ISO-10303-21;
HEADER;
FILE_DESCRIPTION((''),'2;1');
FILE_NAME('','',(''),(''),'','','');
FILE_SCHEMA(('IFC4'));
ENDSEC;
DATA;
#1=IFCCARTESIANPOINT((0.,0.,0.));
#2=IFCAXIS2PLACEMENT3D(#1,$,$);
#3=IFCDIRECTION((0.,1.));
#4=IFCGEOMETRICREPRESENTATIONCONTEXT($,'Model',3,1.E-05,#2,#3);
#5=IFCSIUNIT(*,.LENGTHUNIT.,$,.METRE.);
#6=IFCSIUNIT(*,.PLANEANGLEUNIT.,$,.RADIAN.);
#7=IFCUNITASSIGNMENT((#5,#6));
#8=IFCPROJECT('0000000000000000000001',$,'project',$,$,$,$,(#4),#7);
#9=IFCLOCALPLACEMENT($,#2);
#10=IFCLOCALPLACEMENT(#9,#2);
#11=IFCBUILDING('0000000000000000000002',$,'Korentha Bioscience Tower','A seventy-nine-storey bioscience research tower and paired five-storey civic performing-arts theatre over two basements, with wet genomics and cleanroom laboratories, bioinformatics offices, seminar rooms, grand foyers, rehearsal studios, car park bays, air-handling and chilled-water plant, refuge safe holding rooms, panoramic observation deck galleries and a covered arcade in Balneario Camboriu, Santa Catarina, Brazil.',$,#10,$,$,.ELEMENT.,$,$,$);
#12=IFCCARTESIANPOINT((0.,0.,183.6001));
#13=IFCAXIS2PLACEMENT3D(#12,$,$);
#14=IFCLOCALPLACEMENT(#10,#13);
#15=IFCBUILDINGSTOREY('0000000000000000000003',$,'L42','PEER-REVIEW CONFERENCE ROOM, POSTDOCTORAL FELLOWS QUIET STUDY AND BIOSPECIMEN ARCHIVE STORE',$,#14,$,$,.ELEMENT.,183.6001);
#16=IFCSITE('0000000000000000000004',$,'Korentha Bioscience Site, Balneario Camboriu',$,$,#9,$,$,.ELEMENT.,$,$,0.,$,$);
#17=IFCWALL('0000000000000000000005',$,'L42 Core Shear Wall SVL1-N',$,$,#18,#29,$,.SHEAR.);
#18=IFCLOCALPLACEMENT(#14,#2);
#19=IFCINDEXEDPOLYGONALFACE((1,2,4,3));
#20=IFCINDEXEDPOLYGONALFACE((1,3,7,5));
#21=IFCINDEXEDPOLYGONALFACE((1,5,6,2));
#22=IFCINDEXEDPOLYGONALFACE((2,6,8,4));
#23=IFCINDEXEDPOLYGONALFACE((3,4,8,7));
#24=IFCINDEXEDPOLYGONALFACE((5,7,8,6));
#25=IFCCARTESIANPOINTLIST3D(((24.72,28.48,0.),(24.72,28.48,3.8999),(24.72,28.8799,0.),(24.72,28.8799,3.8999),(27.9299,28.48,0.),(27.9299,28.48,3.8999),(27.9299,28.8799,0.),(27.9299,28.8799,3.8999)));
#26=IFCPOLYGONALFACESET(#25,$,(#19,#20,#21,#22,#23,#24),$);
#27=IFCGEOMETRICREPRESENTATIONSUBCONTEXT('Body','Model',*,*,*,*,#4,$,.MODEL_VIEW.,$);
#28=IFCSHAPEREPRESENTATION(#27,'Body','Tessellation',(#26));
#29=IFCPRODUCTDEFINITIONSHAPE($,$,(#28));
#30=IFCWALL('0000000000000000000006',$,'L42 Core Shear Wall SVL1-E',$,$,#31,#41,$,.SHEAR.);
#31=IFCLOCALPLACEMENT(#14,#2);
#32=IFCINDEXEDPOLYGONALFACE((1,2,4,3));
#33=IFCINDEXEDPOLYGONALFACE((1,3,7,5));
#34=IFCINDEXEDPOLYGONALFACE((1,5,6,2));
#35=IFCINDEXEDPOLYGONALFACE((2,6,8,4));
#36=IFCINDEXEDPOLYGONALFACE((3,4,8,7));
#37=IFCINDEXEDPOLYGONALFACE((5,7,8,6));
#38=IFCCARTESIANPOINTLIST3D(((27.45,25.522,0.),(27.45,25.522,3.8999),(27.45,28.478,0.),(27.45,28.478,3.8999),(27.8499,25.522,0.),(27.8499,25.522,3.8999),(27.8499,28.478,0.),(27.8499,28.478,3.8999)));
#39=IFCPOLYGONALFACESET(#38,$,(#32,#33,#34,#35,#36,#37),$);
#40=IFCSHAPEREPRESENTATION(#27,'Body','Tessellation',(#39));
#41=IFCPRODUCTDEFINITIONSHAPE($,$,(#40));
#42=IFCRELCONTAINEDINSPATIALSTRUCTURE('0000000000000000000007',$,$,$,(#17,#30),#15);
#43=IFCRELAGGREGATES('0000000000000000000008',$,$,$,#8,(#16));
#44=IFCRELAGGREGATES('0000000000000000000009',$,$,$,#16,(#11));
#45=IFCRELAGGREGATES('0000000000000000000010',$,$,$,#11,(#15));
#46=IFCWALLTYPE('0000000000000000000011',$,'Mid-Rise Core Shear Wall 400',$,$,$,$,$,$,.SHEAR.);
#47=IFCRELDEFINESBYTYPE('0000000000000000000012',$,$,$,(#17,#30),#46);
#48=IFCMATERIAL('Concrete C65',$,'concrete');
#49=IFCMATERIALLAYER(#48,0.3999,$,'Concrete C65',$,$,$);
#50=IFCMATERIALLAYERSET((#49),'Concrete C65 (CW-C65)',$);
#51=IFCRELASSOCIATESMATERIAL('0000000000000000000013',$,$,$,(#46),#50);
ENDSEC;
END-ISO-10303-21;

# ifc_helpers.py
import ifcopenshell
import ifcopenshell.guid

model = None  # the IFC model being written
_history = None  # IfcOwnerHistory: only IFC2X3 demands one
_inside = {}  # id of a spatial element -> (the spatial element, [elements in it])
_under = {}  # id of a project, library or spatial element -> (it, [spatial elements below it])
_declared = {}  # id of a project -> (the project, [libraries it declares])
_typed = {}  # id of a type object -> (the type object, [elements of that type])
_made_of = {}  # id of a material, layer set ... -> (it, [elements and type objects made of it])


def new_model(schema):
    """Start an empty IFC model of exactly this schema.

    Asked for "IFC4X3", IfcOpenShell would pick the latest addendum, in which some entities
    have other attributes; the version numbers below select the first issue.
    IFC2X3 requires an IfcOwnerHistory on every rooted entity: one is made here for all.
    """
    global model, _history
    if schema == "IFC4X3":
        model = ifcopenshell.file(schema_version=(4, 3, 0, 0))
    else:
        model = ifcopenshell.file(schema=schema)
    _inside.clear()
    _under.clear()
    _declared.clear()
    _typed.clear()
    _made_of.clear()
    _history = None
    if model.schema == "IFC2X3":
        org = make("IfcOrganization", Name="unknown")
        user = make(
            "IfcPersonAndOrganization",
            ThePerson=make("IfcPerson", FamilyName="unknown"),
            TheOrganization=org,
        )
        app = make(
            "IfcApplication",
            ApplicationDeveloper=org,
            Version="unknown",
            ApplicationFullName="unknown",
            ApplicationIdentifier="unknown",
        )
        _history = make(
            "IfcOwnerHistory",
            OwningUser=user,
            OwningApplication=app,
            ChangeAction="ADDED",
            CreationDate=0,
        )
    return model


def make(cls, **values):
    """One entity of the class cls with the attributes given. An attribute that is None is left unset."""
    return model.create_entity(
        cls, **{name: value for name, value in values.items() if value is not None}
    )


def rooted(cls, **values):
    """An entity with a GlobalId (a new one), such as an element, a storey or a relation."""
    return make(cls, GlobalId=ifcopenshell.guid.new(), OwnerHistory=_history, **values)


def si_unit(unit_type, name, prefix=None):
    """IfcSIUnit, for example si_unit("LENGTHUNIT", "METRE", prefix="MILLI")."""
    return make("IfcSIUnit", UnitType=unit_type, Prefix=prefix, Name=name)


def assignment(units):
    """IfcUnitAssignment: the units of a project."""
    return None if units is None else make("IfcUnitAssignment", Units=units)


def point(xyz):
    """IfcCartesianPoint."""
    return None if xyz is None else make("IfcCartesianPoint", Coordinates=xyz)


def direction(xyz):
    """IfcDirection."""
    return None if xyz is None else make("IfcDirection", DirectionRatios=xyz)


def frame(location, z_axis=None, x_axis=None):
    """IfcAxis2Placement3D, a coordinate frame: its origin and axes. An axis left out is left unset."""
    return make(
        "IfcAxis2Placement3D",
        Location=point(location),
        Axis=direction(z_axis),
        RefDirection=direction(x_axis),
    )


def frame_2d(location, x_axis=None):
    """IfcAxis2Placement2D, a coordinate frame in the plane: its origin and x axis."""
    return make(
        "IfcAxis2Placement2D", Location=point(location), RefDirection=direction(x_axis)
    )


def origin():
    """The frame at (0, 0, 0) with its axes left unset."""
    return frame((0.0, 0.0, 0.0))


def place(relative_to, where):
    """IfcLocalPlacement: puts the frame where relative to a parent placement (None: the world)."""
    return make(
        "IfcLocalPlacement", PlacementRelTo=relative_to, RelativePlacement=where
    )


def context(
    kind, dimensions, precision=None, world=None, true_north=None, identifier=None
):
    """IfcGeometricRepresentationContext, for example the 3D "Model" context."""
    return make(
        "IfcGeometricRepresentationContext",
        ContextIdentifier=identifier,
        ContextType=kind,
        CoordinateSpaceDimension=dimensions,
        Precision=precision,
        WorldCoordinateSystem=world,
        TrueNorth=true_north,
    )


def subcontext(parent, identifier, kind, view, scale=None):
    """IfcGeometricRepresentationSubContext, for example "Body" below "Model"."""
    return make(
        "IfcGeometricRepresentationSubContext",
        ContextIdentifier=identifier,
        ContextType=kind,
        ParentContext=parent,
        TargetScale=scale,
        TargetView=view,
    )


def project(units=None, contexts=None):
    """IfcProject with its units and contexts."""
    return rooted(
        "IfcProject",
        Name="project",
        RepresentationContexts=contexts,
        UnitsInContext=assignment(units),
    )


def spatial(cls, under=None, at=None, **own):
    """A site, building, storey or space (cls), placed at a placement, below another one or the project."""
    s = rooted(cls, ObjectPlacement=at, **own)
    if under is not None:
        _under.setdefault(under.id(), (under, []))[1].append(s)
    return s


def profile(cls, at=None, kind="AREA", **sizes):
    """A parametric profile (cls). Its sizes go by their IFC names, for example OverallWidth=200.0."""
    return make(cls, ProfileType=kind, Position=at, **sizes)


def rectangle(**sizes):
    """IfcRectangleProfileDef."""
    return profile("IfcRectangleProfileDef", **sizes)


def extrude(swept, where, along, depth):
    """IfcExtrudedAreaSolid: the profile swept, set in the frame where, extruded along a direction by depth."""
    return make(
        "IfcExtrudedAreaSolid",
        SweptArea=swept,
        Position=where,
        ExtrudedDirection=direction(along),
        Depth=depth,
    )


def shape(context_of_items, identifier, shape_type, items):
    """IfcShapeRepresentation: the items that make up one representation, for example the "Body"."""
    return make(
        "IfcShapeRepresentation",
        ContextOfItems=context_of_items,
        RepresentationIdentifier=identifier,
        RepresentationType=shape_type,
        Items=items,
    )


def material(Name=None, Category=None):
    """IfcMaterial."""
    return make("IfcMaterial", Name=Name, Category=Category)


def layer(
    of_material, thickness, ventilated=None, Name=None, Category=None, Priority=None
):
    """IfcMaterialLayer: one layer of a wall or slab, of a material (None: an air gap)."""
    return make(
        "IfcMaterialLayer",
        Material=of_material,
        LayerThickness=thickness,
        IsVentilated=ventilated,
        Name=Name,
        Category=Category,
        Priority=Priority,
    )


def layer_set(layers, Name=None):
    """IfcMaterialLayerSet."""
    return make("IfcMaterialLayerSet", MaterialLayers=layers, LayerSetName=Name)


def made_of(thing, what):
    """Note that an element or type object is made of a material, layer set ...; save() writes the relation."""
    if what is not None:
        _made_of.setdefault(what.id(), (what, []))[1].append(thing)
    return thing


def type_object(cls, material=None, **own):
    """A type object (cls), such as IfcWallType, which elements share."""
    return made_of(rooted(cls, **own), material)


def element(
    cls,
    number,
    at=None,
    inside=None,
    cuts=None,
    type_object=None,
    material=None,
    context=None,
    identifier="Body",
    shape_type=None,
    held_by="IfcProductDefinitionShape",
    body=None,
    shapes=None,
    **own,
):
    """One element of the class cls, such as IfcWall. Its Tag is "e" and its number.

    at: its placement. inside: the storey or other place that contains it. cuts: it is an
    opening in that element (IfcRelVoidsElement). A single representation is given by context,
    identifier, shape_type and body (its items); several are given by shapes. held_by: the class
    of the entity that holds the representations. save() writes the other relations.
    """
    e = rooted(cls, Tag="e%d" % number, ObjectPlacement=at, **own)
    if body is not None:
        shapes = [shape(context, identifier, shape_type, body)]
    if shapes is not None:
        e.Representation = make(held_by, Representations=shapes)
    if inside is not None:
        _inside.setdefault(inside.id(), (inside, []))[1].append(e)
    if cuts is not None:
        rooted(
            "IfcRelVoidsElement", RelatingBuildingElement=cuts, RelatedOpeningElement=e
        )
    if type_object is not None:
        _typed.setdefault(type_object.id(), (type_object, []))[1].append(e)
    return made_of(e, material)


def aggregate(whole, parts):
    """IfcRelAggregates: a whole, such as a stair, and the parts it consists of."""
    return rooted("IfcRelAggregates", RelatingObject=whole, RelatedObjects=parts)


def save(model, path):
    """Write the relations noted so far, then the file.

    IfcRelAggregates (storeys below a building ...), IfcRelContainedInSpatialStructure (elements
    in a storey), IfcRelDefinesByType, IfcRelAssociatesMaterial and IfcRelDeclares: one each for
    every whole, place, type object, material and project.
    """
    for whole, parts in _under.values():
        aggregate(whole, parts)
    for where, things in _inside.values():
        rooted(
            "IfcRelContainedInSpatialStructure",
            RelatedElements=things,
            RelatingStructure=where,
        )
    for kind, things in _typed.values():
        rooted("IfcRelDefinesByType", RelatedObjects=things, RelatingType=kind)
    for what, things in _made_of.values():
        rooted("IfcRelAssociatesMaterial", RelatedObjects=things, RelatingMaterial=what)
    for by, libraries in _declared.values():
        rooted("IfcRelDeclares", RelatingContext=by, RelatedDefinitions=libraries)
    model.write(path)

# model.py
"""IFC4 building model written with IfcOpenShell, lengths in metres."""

from ifc_helpers import new_model, si_unit, direction, frame, frame_2d, origin, place, context, subcontext, project, spatial, rectangle, extrude, material, layer, layer_set, type_object, element, save


model = new_model("IFC4")

# Units and contexts
model_context = context("Model", 3, precision=1e-05, world=origin(), true_north=direction((0.0, 1.0)))
body_context = subcontext(model_context, "Body", "Model", "MODEL_VIEW")
ifc_project = project(units=[si_unit("LENGTHUNIT", "METRE"), si_unit("PLANEANGLEUNIT", "RADIAN")], contexts=[model_context])

# Site, building, storey
site_placement = place(None, origin())
site = spatial("IfcSite", under=ifc_project, at=site_placement, Name="Korentha Bioscience Site, Balneario Camboriu", CompositionType="ELEMENT", RefElevation=0.0)
building_placement = place(site_placement, origin())
building = spatial("IfcBuilding", under=site, at=building_placement, Name="Korentha Bioscience Tower", Description="A seventy-nine-storey bioscience research tower and paired five-storey civic performing-arts theatre over two basements, with wet genomics and cleanroom laboratories, bioinformatics offices, seminar rooms, grand foyers, rehearsal studios, car park bays, air-handling and chilled-water plant, refuge safe holding rooms, panoramic observation deck galleries and a covered arcade in Balneario Camboriu, Santa Catarina, Brazil.", CompositionType="ELEMENT")
storey_placement = place(building_placement, frame((0.0, 0.0, 183.6001)))
storey = spatial("IfcBuildingStorey", under=building, at=storey_placement, Name="L42", Description="PEER-REVIEW CONFERENCE ROOM, POSTDOCTORAL FELLOWS QUIET STUDY AND BIOSPECIMEN ARCHIVE STORE", CompositionType="ELEMENT", Elevation=183.6001)

# Shared definitions
ifc_material_1 = material(Name="Concrete C65", Category="concrete")

# Shared definitions
ifc_layer_1 = layer(ifc_material_1, 0.3999, Name="Concrete C65")
ifc_layer_set_1 = layer_set([ifc_layer_1], Name="Concrete C65 (CW-C65)")
wall_type_1 = type_object("IfcWallType", Name="Mid-Rise Core Shear Wall 400", PredefinedType="SHEAR", material=ifc_layer_set_1)

# Walls
wall_1_placement = place(storey_placement, frame((24.72, 28.6799, 0.0), z_axis=(0.0, 0.0, 1.0), x_axis=(1.0, 0.0, 0.0)))
element("IfcWall", 1, at=wall_1_placement, inside=storey, type_object=wall_type_1, Name="L42 Core Shear Wall SVL1-N", PredefinedType="SHEAR", context=body_context, shape_type="SweptSolid", body=[
    extrude(rectangle(XDim=3.21, YDim=0.3999, at=frame_2d((1.605, 0.0))), origin(), (0.0, 0.0, 1.0), 3.8999),
])
wall_2_placement = place(storey_placement, frame((27.6499, 25.522, 0.0), z_axis=(0.0, 0.0, 1.0), x_axis=(0.0, 1.0, 0.0)))
element("IfcWall", 2, at=wall_2_placement, inside=storey, type_object=wall_type_1, Name="L42 Core Shear Wall SVL1-E", PredefinedType="SHEAR", context=body_context, shape_type="SweptSolid", body=[
    extrude(rectangle(XDim=2.9561, YDim=0.3999, at=frame_2d((1.478, 0.0))), origin(), (0.0, 0.0, 1.0), 3.8999),
])

save(model, "model.ifc")
